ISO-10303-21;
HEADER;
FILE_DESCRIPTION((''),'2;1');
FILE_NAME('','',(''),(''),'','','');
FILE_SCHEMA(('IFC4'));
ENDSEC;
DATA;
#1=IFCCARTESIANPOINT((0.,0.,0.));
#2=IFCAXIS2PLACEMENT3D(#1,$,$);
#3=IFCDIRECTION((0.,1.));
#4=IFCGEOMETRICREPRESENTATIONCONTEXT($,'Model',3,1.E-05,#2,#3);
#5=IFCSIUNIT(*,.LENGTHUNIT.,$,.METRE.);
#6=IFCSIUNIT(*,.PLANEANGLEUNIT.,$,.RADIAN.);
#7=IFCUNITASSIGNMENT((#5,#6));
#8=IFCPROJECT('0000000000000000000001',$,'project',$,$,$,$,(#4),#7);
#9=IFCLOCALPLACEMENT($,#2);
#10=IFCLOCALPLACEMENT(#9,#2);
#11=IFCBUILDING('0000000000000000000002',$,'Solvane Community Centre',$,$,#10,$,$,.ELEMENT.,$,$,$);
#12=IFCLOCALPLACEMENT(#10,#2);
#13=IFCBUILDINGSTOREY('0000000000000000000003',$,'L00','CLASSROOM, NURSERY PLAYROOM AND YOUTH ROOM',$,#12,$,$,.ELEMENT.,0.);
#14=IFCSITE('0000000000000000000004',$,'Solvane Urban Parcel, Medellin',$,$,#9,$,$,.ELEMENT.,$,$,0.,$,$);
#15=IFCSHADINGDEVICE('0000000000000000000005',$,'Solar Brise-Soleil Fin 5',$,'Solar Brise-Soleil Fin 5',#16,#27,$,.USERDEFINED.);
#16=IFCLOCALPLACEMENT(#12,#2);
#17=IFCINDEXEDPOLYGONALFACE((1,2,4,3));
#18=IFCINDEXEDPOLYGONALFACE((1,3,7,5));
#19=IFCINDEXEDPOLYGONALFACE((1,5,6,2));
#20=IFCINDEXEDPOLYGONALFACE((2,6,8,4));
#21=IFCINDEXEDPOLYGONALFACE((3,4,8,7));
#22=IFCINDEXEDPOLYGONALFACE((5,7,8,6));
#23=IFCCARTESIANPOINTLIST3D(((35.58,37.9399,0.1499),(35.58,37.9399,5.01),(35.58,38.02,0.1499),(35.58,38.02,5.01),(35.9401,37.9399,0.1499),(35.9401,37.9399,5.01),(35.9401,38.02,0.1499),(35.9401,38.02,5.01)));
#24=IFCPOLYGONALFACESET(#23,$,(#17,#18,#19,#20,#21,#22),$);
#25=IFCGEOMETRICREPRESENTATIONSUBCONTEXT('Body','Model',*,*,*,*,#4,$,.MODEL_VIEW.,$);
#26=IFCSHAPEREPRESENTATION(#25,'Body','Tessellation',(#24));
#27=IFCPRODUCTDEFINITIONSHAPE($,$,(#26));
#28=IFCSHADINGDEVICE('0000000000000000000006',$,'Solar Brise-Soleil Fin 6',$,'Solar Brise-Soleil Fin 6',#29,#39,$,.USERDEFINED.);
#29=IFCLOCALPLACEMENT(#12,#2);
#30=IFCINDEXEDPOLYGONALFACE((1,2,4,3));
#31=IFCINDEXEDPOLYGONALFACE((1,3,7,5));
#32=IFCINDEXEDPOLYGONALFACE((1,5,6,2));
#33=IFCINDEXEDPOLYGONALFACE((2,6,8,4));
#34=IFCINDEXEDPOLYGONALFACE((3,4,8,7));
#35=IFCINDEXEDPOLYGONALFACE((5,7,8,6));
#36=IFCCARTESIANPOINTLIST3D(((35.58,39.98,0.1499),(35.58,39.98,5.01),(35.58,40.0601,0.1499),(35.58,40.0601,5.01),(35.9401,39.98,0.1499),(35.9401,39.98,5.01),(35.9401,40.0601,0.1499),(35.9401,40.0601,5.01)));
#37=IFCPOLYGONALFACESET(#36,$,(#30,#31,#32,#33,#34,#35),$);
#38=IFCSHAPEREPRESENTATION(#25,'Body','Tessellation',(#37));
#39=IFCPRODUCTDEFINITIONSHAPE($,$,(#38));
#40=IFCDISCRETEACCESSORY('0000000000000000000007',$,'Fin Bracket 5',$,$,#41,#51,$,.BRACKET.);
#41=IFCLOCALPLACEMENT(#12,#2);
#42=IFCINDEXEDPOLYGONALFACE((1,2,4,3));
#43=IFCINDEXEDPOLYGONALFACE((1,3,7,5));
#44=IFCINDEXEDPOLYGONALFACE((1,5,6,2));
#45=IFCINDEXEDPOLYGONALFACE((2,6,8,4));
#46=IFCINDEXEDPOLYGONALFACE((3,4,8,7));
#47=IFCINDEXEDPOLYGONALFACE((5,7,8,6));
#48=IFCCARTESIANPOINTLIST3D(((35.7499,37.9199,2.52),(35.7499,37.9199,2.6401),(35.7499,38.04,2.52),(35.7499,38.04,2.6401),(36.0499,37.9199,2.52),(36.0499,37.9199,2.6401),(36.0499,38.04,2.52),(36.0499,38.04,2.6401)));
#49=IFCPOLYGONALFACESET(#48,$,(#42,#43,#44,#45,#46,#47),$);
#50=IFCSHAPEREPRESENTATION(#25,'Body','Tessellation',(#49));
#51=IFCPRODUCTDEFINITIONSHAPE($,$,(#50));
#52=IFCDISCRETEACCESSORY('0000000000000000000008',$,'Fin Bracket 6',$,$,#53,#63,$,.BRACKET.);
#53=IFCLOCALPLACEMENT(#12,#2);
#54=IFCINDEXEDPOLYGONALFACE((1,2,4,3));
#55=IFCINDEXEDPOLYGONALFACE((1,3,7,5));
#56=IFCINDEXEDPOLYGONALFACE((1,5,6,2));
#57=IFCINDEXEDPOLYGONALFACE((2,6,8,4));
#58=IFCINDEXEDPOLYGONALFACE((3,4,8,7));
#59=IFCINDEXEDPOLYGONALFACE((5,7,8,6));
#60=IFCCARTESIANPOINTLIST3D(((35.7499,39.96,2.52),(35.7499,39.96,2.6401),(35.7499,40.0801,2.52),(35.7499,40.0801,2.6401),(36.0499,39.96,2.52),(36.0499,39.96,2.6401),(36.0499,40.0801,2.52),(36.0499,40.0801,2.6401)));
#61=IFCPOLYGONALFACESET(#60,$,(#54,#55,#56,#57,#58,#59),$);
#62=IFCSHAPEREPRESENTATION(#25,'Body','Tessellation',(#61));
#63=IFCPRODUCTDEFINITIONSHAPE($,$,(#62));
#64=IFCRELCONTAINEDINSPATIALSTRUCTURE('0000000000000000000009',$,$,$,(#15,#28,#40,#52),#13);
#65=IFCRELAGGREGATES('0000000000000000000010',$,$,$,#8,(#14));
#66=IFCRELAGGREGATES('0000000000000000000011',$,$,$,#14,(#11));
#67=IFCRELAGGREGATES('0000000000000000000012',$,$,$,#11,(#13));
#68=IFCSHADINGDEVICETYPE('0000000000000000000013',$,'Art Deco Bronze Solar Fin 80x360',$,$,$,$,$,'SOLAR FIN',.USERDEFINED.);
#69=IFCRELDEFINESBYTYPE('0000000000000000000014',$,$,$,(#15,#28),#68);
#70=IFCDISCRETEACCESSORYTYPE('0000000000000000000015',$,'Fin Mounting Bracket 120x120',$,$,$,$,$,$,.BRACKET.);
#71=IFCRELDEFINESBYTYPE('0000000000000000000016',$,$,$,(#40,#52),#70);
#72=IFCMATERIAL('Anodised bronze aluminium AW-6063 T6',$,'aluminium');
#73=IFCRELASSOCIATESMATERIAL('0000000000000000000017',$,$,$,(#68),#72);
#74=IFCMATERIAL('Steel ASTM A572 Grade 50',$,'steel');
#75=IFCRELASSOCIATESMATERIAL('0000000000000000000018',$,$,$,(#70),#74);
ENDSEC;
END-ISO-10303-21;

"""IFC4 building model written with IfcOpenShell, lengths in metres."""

from ifc_helpers import new_model, si_unit, direction, frame, origin, origin_2d, place, context, subcontext, project, spatial, rectangle, extrude, material, type_object, element, save


model = new_model("IFC4")

# Units and contexts
model_context = context("Model", 3, precision=1e-05, world=origin(), true_north=direction((0.0, 1.0)))
body_context = subcontext(model_context, "Body", "Model", "MODEL_VIEW")
ifc_project = project(units=[si_unit("LENGTHUNIT", "METRE"), si_unit("PLANEANGLEUNIT", "RADIAN")], contexts=[model_context])

# Site, building, storey
site_placement = place(None, origin())
site = spatial("IfcSite", under=ifc_project, at=site_placement, Name="Solvane Urban Parcel, Medellin", CompositionType="ELEMENT", RefElevation=0.0)
building_placement = place(site_placement, origin())
building = spatial("IfcBuilding", under=site, at=building_placement, Name="Solvane Community Centre", CompositionType="ELEMENT")
storey_placement = place(building_placement, origin())
storey = spatial("IfcBuildingStorey", under=building, at=storey_placement, Name="L00", Description="CLASSROOM, NURSERY PLAYROOM AND YOUTH ROOM", CompositionType="ELEMENT", Elevation=0.0)

# Shared definitions
ifc_material_1 = material(Name="Anodised bronze aluminium AW-6063 T6", Category="aluminium")

# Shading devices
shading_device_type = type_object("IfcShadingDeviceType", Name="Art Deco Bronze Solar Fin 80x360", ElementType="SOLAR FIN", PredefinedType="USERDEFINED", material=ifc_material_1)
shading_device_1_placement = place(storey_placement, frame((35.76, 37.98, 0.1499), z_axis=(0.0, 0.0, 1.0), x_axis=(0.0, 1.0, 0.0)))
element("IfcShadingDevice", 1, at=shading_device_1_placement, inside=storey, type_object=shading_device_type, Name="Solar Brise-Soleil Fin 5", ObjectType="Solar Brise-Soleil Fin 5", PredefinedType="USERDEFINED", context=body_context, shape_type="SweptSolid", body=[
    extrude(rectangle(XDim=0.0801, YDim=0.3601, at=origin_2d()), origin(), (0.0, 0.0, 1.0), 4.8601),
])
shading_device_2_placement = place(storey_placement, frame((35.76, 40.02, 0.1499), z_axis=(0.0, 0.0, 1.0), x_axis=(0.0, 1.0, 0.0)))
element("IfcShadingDevice", 2, at=shading_device_2_placement, inside=storey, type_object=shading_device_type, Name="Solar Brise-Soleil Fin 6", ObjectType="Solar Brise-Soleil Fin 6", PredefinedType="USERDEFINED", context=body_context, shape_type="SweptSolid", body=[
    extrude(rectangle(XDim=0.0801, YDim=0.3601, at=origin_2d()), origin(), (0.0, 0.0, 1.0), 4.8601),
])

# Discrete accessories
ifc_material_2 = material(Name="Steel ASTM A572 Grade 50", Category="steel")
discrete_accessory_type = type_object("IfcDiscreteAccessoryType", Name="Fin Mounting Bracket 120x120", PredefinedType="BRACKET", material=ifc_material_2)
for number, where, z_axis, x_axis, name in (
    (3, (35.8999, 37.98, 2.52), (0.0, 0.0, 1.0), (0.0, 1.0, 0.0), "Fin Bracket 5"),
    (4, (35.8999, 40.02, 2.52), (0.0, 0.0, 1.0), (0.0, 1.0, 0.0), "Fin Bracket 6"),
):
    element("IfcDiscreteAccessory", number, at=place(storey_placement, frame(where, z_axis=z_axis, x_axis=x_axis)), inside=storey, type_object=discrete_accessory_type, Name=name, PredefinedType="BRACKET", context=body_context, shape_type="SweptSolid", body=[
        extrude(rectangle(XDim=0.1201, YDim=0.3, at=origin_2d()), origin(), (0.0, 0.0, 1.0), 0.1201),
    ])

save(model, "model.ifc")
